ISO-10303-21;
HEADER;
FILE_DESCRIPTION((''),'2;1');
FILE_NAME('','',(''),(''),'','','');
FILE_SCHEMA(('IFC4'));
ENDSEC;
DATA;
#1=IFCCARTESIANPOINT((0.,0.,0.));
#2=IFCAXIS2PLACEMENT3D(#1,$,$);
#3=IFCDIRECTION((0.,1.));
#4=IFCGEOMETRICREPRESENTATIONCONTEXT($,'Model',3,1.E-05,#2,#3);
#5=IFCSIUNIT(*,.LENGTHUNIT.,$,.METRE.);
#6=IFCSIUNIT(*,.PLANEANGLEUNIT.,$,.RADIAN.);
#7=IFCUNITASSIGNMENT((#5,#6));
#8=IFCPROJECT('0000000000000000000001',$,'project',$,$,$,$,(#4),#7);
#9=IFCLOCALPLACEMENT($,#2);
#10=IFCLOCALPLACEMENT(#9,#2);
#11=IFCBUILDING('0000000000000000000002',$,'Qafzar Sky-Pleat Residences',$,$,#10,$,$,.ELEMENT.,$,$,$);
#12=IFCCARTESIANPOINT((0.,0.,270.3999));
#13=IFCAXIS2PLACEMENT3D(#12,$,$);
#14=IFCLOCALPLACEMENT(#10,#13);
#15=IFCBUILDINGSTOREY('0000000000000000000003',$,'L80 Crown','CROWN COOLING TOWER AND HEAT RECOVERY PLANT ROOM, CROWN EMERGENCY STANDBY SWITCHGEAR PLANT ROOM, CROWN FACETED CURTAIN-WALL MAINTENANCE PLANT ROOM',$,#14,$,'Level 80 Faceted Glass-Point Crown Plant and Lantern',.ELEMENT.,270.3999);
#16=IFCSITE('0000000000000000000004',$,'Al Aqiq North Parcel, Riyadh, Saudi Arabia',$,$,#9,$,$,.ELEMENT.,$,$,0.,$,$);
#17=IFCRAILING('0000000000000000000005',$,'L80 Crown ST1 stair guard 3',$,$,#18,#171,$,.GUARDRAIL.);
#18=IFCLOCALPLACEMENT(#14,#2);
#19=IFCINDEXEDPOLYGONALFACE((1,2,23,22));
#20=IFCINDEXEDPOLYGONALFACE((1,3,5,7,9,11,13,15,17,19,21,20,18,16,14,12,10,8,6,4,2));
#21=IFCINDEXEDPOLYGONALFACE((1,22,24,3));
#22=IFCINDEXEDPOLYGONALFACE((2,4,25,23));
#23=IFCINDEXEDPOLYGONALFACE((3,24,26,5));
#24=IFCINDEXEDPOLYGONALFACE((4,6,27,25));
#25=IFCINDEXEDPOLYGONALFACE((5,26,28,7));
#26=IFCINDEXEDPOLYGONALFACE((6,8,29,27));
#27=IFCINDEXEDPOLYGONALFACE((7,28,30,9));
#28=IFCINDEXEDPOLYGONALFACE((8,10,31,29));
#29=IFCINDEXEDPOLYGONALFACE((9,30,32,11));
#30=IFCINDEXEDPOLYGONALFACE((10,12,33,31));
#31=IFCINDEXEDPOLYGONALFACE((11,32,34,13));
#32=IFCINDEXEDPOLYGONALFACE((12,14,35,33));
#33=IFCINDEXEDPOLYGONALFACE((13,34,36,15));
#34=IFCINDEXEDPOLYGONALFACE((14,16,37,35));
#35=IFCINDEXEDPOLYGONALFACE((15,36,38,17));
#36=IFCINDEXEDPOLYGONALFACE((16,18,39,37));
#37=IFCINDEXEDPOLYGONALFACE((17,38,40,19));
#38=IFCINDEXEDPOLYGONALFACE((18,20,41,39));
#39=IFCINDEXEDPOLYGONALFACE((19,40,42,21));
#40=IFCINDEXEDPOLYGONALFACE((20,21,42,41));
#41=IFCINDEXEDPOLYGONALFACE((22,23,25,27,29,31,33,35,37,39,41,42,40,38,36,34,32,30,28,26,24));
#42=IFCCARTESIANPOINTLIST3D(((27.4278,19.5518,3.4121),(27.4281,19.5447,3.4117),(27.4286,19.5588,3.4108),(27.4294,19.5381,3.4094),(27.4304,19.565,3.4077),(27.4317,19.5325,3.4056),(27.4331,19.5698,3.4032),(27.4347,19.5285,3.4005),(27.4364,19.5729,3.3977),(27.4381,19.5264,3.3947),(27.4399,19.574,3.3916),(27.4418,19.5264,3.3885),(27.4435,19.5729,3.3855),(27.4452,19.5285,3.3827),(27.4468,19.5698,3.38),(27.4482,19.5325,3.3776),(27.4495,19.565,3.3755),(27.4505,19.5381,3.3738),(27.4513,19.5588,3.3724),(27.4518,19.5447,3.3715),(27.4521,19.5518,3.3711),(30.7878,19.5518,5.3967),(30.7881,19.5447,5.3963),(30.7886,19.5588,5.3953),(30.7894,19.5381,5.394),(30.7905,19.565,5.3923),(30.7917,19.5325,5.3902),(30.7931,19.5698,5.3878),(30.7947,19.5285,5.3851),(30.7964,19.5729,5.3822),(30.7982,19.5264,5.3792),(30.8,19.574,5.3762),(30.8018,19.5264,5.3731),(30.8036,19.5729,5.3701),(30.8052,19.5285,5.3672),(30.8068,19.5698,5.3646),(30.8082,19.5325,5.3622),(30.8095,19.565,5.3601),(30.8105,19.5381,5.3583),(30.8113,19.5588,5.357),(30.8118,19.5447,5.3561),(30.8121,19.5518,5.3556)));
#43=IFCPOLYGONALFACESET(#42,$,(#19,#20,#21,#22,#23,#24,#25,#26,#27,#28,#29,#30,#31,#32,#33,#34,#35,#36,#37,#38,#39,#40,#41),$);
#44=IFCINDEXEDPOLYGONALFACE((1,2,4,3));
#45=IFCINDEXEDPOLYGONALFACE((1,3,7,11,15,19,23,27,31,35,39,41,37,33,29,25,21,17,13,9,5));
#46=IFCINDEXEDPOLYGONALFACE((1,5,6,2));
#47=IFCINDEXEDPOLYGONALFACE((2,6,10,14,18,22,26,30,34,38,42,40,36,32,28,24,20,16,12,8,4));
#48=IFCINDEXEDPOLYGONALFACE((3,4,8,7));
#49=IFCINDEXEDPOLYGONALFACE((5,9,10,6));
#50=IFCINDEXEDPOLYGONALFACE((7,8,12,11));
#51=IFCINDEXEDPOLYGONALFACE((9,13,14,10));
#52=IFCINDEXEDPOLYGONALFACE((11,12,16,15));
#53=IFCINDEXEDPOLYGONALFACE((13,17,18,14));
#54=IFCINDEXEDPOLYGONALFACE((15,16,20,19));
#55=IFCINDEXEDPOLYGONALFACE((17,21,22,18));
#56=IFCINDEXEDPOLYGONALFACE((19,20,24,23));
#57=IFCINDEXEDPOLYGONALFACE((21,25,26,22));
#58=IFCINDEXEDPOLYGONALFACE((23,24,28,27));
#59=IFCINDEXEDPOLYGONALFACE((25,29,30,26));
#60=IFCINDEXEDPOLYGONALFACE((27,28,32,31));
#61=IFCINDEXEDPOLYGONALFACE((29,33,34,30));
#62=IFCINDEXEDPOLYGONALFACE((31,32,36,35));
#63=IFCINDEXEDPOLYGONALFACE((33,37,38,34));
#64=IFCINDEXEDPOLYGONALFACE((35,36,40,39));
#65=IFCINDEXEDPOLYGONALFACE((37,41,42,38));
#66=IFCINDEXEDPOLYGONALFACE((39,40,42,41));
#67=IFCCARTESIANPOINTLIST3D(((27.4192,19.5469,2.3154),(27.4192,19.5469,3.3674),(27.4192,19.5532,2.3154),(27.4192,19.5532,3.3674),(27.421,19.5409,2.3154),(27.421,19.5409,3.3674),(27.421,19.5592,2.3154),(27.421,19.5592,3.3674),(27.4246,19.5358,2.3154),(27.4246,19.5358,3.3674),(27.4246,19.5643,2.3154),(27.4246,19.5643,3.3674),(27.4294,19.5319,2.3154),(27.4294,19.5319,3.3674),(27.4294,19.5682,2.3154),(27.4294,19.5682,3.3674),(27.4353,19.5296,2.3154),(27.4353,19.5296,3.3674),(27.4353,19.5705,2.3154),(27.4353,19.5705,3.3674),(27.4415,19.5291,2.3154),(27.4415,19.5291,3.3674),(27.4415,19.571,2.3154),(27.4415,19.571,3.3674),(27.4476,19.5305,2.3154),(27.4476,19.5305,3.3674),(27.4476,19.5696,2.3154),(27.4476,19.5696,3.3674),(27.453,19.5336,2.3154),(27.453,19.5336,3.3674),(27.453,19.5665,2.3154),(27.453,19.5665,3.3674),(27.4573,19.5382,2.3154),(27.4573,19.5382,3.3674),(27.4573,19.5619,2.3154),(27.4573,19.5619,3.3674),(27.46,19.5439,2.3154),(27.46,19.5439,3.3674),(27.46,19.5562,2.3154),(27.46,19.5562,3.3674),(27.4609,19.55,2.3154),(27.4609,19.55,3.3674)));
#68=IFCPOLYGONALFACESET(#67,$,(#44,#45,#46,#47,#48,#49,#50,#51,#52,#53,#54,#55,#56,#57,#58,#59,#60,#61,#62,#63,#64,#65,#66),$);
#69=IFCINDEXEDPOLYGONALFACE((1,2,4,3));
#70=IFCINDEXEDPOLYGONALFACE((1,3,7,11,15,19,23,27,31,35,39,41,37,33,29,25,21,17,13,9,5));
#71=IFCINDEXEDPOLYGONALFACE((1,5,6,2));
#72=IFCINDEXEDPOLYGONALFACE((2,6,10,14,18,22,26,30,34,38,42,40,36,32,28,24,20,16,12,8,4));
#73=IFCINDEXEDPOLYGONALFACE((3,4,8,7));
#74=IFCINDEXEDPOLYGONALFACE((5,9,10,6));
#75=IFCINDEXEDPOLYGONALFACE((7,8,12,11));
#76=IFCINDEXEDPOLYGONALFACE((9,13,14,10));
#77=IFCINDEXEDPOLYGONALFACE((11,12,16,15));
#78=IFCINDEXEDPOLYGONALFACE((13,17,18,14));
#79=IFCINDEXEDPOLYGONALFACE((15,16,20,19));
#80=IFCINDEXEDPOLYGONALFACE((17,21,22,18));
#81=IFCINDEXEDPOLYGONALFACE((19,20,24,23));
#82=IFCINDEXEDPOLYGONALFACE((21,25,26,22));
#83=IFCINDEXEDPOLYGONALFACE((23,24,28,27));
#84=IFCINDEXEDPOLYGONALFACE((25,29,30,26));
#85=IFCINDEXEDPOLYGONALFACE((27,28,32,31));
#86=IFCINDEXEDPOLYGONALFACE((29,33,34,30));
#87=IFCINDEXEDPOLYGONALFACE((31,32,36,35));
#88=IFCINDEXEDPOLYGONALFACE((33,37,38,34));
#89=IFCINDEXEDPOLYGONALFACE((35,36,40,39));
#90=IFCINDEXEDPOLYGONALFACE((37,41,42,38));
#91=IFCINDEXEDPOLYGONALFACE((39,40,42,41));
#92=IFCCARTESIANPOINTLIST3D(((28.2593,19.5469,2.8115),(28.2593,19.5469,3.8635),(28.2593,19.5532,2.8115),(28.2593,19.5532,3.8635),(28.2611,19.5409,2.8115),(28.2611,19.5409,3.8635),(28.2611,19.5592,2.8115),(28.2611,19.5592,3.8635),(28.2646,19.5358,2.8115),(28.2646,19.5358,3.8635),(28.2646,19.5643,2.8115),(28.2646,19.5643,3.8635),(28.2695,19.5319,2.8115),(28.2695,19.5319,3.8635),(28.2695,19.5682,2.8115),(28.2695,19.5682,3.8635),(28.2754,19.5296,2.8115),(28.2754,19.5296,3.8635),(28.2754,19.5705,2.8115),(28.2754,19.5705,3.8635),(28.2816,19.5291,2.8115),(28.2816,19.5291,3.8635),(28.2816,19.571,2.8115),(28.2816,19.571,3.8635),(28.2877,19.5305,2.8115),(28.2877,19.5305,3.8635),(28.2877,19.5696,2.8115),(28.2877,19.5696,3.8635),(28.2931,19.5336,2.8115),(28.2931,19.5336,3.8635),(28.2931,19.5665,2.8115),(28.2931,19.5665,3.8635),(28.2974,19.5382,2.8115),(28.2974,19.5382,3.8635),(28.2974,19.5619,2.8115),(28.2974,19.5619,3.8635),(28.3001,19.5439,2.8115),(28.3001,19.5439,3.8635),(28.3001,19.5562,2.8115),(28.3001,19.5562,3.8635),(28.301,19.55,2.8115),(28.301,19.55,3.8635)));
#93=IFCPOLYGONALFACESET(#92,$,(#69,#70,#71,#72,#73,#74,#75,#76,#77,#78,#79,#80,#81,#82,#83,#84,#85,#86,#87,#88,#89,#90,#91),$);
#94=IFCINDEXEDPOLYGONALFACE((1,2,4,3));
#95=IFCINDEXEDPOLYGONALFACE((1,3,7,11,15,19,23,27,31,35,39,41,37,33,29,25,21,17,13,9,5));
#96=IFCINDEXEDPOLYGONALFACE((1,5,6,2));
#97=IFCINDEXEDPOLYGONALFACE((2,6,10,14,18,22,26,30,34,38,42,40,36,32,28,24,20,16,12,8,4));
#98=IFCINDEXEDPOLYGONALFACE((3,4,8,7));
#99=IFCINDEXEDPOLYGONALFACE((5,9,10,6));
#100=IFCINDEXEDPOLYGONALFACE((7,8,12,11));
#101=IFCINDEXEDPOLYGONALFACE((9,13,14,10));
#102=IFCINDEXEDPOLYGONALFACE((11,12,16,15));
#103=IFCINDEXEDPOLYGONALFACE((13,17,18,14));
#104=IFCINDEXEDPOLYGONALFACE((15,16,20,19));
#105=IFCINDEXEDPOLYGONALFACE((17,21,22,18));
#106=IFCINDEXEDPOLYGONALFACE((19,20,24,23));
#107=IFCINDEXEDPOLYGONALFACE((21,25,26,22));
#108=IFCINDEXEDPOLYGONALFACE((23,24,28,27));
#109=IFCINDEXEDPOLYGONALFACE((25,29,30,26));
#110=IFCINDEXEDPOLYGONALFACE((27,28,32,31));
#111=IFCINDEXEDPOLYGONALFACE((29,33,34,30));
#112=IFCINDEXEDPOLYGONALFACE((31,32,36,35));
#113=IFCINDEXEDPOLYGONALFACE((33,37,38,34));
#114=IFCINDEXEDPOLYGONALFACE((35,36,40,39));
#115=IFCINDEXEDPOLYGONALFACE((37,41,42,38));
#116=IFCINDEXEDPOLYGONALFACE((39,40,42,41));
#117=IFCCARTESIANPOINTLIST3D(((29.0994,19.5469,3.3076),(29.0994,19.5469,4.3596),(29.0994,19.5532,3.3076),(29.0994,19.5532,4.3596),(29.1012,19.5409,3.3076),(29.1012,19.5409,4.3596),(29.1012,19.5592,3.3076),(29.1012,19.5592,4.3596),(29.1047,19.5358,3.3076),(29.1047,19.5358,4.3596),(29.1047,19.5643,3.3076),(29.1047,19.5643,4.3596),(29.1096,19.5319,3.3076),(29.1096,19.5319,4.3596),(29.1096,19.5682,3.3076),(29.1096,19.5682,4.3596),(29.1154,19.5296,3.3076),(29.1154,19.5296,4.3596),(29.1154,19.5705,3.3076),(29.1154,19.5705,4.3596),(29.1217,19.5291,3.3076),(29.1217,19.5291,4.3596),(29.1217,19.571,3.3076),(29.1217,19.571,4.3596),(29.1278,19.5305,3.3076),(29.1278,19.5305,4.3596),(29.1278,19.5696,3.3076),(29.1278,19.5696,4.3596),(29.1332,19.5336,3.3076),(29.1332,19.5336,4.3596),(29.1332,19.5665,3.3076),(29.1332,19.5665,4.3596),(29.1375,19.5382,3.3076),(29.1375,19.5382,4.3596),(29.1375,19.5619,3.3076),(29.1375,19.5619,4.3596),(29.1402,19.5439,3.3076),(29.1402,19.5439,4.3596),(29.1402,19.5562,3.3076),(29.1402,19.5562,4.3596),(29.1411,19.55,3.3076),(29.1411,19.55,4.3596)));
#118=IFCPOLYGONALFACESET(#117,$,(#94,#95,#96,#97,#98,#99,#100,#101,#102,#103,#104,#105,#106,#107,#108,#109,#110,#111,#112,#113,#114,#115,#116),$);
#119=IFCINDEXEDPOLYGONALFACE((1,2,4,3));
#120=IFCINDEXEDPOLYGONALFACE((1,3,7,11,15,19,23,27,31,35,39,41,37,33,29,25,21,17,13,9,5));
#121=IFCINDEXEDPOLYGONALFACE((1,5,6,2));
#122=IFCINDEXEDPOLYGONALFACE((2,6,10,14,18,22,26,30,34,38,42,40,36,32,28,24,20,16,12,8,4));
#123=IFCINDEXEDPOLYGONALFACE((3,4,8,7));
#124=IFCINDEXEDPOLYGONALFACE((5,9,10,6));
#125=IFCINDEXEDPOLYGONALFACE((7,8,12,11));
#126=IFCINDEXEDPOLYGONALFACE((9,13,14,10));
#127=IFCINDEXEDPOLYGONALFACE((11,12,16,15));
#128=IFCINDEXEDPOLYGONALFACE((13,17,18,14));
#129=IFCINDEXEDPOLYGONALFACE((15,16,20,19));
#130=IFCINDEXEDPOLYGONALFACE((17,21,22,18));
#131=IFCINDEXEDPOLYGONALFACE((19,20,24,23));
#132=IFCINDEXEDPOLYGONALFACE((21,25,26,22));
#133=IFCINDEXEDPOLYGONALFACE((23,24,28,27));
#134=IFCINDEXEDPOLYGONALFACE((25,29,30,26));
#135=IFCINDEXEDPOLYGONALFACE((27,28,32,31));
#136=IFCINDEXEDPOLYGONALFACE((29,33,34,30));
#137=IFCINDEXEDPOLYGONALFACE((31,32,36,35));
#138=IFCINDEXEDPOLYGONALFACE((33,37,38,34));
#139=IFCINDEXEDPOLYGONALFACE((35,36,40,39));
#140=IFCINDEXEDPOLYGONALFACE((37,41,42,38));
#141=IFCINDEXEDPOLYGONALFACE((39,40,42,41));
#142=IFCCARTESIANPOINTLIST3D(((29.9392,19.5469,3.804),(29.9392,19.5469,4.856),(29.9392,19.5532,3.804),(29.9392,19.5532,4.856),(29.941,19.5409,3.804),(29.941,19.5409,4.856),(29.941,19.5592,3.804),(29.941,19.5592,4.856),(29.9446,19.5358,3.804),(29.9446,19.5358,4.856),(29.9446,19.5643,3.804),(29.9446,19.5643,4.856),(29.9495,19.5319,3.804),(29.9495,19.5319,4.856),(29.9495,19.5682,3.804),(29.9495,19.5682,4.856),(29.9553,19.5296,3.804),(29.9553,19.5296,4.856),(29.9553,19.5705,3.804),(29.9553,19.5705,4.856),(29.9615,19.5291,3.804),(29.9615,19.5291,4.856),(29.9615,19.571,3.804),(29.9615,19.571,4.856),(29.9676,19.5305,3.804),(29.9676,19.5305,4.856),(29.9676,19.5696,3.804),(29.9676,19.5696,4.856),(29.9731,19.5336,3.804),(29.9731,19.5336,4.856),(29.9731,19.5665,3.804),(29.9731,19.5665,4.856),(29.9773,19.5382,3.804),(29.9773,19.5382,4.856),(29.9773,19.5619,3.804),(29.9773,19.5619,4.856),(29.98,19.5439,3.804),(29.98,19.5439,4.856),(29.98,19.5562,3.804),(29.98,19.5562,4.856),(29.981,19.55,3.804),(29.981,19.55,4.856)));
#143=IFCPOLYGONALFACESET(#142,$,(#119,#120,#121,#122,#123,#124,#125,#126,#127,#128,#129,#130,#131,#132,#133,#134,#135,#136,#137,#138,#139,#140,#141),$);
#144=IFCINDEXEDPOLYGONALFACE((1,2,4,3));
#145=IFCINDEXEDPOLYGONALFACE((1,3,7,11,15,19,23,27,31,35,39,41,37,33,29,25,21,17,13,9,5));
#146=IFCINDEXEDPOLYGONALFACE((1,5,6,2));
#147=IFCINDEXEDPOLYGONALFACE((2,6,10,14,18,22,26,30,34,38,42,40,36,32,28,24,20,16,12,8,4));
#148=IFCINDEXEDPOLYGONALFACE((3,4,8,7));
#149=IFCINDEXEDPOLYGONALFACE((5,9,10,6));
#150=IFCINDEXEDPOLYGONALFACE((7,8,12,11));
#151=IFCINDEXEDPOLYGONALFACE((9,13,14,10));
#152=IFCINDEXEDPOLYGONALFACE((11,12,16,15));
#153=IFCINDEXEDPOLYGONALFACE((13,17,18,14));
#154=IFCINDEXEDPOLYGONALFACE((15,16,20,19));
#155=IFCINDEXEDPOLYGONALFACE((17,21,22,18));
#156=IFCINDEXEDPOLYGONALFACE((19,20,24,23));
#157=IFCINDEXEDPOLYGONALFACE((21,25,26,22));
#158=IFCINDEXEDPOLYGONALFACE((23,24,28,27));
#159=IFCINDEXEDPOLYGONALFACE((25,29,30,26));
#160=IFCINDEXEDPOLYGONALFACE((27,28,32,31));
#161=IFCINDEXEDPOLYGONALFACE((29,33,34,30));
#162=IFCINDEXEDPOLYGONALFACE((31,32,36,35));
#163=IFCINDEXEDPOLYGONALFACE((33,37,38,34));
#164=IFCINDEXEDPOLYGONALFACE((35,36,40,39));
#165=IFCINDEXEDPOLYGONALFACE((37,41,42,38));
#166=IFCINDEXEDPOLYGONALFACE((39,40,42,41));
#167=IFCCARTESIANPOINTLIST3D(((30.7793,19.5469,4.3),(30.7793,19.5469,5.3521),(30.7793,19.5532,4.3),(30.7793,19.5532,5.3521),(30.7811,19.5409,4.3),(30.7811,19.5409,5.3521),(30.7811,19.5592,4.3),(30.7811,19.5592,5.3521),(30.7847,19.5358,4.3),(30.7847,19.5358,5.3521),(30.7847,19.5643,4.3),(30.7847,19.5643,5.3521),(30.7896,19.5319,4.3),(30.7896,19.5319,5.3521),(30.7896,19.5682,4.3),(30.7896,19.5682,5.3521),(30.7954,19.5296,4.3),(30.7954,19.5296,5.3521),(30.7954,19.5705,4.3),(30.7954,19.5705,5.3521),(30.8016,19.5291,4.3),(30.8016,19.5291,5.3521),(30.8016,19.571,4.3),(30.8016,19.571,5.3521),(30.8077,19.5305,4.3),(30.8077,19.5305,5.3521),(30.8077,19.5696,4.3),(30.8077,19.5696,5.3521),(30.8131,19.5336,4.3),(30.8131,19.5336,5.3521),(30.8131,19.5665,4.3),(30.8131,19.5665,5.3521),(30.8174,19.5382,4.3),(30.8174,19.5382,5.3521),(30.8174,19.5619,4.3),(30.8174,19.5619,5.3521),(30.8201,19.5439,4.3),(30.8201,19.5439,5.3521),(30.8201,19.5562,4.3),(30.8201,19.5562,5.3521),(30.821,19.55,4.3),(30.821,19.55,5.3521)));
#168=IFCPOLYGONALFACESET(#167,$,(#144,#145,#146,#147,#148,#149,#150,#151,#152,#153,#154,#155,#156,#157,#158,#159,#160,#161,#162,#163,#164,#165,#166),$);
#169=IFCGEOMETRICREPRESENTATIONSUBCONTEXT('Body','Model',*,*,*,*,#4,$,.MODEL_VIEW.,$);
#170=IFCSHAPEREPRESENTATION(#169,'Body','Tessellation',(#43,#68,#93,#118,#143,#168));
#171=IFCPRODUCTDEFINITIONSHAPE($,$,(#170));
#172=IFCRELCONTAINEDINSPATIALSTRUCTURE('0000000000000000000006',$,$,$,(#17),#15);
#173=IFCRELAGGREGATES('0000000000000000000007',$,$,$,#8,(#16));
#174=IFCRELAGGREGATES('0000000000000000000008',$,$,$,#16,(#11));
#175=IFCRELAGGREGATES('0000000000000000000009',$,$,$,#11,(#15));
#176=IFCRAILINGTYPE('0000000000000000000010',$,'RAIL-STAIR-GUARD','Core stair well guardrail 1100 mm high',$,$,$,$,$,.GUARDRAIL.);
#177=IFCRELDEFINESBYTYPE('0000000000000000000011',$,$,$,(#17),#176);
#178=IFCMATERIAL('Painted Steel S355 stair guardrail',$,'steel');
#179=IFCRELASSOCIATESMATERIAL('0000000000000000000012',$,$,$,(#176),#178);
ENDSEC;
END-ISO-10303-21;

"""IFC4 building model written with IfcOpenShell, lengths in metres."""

from ifc_helpers import new_model, si_unit, direction, frame, origin, origin_2d, place, context, subcontext, project, spatial, circle, extrude, source, transform, mapped, material, type_object, element, save


model = new_model("IFC4")

# Units and contexts
model_context = context("Model", 3, precision=1e-05, world=origin(), true_north=direction((0.0, 1.0)))
body_context = subcontext(model_context, "Body", "Model", "MODEL_VIEW")
ifc_project = project(units=[si_unit("LENGTHUNIT", "METRE"), si_unit("PLANEANGLEUNIT", "RADIAN")], contexts=[model_context])

# Site, building, storey
site_placement = place(None, origin())
site = spatial("IfcSite", under=ifc_project, at=site_placement, Name="Al Aqiq North Parcel, Riyadh, Saudi Arabia", CompositionType="ELEMENT", RefElevation=0.0)
building_placement = place(site_placement, origin())
building = spatial("IfcBuilding", under=site, at=building_placement, Name="Qafzar Sky-Pleat Residences", CompositionType="ELEMENT")
storey_placement = place(building_placement, frame((0.0, 0.0, 270.3999)))
storey = spatial("IfcBuildingStorey", under=building, at=storey_placement, Name="L80 Crown", Description="CROWN COOLING TOWER AND HEAT RECOVERY PLANT ROOM, CROWN EMERGENCY STANDBY SWITCHGEAR PLANT ROOM, CROWN FACETED CURTAIN-WALL MAINTENANCE PLANT ROOM", LongName="Level 80 Faceted Glass-Point Crown Plant and Lantern", CompositionType="ELEMENT", Elevation=270.3999)

# Railing
ifc_material_1 = material(Name="Painted Steel S355 stair guardrail", Category="steel")
railing_type_1 = type_object("IfcRailingType", Name="RAIL-STAIR-GUARD", Description="Core stair well guardrail 1100 mm high", PredefinedType="GUARDRAIL", material=ifc_material_1)
shared_shape_1 = source(origin(), body_context, "Body", "SweptSolid", [
    extrude(circle(Radius=0.0239, at=origin_2d()), frame((0.0, 0.0, 1.0762), z_axis=(0.861027, 0.0, 0.508559), x_axis=(0.0, 1.0, 0.0)), (0.0, 0.0, 1.0), 3.9023),
    extrude(circle(Radius=0.021, at=origin_2d()), origin(), (0.0, 0.0, 1.0), 1.052),
    extrude(circle(Radius=0.021, at=origin_2d()), frame((0.8401, 0.0, 0.4961)), (0.0, 0.0, 1.0), 1.052),
    extrude(circle(Radius=0.021, at=origin_2d()), frame((1.6802, 0.0, 0.9922)), (0.0, 0.0, 1.0), 1.052),
    extrude(circle(Radius=0.021, at=origin_2d()), frame((2.52, 0.0, 1.4885)), (0.0, 0.0, 1.0), 1.052),
    extrude(circle(Radius=0.021, at=origin_2d()), frame((3.3601, 0.0, 1.9846)), (0.0, 0.0, 1.0), 1.052),
])
railing_1_placement = place(storey_placement, frame((27.4399, 19.55, 2.3154)))
element("IfcRailing", 1, at=railing_1_placement, inside=storey, type_object=railing_type_1, Name="L80 Crown ST1 stair guard 3", PredefinedType="GUARDRAIL", context=body_context, shape_type="MappedRepresentation", body=[
    mapped(shared_shape_1, transform((0.0, 0.0, 0.0), x_axis=(1.0, 0.0, 0.0), y_axis=(0.0, 1.0, 0.0), z_axis=(0.0, 0.0, 1.0), scale=1.0)),
])

save(model, "model.ifc")
